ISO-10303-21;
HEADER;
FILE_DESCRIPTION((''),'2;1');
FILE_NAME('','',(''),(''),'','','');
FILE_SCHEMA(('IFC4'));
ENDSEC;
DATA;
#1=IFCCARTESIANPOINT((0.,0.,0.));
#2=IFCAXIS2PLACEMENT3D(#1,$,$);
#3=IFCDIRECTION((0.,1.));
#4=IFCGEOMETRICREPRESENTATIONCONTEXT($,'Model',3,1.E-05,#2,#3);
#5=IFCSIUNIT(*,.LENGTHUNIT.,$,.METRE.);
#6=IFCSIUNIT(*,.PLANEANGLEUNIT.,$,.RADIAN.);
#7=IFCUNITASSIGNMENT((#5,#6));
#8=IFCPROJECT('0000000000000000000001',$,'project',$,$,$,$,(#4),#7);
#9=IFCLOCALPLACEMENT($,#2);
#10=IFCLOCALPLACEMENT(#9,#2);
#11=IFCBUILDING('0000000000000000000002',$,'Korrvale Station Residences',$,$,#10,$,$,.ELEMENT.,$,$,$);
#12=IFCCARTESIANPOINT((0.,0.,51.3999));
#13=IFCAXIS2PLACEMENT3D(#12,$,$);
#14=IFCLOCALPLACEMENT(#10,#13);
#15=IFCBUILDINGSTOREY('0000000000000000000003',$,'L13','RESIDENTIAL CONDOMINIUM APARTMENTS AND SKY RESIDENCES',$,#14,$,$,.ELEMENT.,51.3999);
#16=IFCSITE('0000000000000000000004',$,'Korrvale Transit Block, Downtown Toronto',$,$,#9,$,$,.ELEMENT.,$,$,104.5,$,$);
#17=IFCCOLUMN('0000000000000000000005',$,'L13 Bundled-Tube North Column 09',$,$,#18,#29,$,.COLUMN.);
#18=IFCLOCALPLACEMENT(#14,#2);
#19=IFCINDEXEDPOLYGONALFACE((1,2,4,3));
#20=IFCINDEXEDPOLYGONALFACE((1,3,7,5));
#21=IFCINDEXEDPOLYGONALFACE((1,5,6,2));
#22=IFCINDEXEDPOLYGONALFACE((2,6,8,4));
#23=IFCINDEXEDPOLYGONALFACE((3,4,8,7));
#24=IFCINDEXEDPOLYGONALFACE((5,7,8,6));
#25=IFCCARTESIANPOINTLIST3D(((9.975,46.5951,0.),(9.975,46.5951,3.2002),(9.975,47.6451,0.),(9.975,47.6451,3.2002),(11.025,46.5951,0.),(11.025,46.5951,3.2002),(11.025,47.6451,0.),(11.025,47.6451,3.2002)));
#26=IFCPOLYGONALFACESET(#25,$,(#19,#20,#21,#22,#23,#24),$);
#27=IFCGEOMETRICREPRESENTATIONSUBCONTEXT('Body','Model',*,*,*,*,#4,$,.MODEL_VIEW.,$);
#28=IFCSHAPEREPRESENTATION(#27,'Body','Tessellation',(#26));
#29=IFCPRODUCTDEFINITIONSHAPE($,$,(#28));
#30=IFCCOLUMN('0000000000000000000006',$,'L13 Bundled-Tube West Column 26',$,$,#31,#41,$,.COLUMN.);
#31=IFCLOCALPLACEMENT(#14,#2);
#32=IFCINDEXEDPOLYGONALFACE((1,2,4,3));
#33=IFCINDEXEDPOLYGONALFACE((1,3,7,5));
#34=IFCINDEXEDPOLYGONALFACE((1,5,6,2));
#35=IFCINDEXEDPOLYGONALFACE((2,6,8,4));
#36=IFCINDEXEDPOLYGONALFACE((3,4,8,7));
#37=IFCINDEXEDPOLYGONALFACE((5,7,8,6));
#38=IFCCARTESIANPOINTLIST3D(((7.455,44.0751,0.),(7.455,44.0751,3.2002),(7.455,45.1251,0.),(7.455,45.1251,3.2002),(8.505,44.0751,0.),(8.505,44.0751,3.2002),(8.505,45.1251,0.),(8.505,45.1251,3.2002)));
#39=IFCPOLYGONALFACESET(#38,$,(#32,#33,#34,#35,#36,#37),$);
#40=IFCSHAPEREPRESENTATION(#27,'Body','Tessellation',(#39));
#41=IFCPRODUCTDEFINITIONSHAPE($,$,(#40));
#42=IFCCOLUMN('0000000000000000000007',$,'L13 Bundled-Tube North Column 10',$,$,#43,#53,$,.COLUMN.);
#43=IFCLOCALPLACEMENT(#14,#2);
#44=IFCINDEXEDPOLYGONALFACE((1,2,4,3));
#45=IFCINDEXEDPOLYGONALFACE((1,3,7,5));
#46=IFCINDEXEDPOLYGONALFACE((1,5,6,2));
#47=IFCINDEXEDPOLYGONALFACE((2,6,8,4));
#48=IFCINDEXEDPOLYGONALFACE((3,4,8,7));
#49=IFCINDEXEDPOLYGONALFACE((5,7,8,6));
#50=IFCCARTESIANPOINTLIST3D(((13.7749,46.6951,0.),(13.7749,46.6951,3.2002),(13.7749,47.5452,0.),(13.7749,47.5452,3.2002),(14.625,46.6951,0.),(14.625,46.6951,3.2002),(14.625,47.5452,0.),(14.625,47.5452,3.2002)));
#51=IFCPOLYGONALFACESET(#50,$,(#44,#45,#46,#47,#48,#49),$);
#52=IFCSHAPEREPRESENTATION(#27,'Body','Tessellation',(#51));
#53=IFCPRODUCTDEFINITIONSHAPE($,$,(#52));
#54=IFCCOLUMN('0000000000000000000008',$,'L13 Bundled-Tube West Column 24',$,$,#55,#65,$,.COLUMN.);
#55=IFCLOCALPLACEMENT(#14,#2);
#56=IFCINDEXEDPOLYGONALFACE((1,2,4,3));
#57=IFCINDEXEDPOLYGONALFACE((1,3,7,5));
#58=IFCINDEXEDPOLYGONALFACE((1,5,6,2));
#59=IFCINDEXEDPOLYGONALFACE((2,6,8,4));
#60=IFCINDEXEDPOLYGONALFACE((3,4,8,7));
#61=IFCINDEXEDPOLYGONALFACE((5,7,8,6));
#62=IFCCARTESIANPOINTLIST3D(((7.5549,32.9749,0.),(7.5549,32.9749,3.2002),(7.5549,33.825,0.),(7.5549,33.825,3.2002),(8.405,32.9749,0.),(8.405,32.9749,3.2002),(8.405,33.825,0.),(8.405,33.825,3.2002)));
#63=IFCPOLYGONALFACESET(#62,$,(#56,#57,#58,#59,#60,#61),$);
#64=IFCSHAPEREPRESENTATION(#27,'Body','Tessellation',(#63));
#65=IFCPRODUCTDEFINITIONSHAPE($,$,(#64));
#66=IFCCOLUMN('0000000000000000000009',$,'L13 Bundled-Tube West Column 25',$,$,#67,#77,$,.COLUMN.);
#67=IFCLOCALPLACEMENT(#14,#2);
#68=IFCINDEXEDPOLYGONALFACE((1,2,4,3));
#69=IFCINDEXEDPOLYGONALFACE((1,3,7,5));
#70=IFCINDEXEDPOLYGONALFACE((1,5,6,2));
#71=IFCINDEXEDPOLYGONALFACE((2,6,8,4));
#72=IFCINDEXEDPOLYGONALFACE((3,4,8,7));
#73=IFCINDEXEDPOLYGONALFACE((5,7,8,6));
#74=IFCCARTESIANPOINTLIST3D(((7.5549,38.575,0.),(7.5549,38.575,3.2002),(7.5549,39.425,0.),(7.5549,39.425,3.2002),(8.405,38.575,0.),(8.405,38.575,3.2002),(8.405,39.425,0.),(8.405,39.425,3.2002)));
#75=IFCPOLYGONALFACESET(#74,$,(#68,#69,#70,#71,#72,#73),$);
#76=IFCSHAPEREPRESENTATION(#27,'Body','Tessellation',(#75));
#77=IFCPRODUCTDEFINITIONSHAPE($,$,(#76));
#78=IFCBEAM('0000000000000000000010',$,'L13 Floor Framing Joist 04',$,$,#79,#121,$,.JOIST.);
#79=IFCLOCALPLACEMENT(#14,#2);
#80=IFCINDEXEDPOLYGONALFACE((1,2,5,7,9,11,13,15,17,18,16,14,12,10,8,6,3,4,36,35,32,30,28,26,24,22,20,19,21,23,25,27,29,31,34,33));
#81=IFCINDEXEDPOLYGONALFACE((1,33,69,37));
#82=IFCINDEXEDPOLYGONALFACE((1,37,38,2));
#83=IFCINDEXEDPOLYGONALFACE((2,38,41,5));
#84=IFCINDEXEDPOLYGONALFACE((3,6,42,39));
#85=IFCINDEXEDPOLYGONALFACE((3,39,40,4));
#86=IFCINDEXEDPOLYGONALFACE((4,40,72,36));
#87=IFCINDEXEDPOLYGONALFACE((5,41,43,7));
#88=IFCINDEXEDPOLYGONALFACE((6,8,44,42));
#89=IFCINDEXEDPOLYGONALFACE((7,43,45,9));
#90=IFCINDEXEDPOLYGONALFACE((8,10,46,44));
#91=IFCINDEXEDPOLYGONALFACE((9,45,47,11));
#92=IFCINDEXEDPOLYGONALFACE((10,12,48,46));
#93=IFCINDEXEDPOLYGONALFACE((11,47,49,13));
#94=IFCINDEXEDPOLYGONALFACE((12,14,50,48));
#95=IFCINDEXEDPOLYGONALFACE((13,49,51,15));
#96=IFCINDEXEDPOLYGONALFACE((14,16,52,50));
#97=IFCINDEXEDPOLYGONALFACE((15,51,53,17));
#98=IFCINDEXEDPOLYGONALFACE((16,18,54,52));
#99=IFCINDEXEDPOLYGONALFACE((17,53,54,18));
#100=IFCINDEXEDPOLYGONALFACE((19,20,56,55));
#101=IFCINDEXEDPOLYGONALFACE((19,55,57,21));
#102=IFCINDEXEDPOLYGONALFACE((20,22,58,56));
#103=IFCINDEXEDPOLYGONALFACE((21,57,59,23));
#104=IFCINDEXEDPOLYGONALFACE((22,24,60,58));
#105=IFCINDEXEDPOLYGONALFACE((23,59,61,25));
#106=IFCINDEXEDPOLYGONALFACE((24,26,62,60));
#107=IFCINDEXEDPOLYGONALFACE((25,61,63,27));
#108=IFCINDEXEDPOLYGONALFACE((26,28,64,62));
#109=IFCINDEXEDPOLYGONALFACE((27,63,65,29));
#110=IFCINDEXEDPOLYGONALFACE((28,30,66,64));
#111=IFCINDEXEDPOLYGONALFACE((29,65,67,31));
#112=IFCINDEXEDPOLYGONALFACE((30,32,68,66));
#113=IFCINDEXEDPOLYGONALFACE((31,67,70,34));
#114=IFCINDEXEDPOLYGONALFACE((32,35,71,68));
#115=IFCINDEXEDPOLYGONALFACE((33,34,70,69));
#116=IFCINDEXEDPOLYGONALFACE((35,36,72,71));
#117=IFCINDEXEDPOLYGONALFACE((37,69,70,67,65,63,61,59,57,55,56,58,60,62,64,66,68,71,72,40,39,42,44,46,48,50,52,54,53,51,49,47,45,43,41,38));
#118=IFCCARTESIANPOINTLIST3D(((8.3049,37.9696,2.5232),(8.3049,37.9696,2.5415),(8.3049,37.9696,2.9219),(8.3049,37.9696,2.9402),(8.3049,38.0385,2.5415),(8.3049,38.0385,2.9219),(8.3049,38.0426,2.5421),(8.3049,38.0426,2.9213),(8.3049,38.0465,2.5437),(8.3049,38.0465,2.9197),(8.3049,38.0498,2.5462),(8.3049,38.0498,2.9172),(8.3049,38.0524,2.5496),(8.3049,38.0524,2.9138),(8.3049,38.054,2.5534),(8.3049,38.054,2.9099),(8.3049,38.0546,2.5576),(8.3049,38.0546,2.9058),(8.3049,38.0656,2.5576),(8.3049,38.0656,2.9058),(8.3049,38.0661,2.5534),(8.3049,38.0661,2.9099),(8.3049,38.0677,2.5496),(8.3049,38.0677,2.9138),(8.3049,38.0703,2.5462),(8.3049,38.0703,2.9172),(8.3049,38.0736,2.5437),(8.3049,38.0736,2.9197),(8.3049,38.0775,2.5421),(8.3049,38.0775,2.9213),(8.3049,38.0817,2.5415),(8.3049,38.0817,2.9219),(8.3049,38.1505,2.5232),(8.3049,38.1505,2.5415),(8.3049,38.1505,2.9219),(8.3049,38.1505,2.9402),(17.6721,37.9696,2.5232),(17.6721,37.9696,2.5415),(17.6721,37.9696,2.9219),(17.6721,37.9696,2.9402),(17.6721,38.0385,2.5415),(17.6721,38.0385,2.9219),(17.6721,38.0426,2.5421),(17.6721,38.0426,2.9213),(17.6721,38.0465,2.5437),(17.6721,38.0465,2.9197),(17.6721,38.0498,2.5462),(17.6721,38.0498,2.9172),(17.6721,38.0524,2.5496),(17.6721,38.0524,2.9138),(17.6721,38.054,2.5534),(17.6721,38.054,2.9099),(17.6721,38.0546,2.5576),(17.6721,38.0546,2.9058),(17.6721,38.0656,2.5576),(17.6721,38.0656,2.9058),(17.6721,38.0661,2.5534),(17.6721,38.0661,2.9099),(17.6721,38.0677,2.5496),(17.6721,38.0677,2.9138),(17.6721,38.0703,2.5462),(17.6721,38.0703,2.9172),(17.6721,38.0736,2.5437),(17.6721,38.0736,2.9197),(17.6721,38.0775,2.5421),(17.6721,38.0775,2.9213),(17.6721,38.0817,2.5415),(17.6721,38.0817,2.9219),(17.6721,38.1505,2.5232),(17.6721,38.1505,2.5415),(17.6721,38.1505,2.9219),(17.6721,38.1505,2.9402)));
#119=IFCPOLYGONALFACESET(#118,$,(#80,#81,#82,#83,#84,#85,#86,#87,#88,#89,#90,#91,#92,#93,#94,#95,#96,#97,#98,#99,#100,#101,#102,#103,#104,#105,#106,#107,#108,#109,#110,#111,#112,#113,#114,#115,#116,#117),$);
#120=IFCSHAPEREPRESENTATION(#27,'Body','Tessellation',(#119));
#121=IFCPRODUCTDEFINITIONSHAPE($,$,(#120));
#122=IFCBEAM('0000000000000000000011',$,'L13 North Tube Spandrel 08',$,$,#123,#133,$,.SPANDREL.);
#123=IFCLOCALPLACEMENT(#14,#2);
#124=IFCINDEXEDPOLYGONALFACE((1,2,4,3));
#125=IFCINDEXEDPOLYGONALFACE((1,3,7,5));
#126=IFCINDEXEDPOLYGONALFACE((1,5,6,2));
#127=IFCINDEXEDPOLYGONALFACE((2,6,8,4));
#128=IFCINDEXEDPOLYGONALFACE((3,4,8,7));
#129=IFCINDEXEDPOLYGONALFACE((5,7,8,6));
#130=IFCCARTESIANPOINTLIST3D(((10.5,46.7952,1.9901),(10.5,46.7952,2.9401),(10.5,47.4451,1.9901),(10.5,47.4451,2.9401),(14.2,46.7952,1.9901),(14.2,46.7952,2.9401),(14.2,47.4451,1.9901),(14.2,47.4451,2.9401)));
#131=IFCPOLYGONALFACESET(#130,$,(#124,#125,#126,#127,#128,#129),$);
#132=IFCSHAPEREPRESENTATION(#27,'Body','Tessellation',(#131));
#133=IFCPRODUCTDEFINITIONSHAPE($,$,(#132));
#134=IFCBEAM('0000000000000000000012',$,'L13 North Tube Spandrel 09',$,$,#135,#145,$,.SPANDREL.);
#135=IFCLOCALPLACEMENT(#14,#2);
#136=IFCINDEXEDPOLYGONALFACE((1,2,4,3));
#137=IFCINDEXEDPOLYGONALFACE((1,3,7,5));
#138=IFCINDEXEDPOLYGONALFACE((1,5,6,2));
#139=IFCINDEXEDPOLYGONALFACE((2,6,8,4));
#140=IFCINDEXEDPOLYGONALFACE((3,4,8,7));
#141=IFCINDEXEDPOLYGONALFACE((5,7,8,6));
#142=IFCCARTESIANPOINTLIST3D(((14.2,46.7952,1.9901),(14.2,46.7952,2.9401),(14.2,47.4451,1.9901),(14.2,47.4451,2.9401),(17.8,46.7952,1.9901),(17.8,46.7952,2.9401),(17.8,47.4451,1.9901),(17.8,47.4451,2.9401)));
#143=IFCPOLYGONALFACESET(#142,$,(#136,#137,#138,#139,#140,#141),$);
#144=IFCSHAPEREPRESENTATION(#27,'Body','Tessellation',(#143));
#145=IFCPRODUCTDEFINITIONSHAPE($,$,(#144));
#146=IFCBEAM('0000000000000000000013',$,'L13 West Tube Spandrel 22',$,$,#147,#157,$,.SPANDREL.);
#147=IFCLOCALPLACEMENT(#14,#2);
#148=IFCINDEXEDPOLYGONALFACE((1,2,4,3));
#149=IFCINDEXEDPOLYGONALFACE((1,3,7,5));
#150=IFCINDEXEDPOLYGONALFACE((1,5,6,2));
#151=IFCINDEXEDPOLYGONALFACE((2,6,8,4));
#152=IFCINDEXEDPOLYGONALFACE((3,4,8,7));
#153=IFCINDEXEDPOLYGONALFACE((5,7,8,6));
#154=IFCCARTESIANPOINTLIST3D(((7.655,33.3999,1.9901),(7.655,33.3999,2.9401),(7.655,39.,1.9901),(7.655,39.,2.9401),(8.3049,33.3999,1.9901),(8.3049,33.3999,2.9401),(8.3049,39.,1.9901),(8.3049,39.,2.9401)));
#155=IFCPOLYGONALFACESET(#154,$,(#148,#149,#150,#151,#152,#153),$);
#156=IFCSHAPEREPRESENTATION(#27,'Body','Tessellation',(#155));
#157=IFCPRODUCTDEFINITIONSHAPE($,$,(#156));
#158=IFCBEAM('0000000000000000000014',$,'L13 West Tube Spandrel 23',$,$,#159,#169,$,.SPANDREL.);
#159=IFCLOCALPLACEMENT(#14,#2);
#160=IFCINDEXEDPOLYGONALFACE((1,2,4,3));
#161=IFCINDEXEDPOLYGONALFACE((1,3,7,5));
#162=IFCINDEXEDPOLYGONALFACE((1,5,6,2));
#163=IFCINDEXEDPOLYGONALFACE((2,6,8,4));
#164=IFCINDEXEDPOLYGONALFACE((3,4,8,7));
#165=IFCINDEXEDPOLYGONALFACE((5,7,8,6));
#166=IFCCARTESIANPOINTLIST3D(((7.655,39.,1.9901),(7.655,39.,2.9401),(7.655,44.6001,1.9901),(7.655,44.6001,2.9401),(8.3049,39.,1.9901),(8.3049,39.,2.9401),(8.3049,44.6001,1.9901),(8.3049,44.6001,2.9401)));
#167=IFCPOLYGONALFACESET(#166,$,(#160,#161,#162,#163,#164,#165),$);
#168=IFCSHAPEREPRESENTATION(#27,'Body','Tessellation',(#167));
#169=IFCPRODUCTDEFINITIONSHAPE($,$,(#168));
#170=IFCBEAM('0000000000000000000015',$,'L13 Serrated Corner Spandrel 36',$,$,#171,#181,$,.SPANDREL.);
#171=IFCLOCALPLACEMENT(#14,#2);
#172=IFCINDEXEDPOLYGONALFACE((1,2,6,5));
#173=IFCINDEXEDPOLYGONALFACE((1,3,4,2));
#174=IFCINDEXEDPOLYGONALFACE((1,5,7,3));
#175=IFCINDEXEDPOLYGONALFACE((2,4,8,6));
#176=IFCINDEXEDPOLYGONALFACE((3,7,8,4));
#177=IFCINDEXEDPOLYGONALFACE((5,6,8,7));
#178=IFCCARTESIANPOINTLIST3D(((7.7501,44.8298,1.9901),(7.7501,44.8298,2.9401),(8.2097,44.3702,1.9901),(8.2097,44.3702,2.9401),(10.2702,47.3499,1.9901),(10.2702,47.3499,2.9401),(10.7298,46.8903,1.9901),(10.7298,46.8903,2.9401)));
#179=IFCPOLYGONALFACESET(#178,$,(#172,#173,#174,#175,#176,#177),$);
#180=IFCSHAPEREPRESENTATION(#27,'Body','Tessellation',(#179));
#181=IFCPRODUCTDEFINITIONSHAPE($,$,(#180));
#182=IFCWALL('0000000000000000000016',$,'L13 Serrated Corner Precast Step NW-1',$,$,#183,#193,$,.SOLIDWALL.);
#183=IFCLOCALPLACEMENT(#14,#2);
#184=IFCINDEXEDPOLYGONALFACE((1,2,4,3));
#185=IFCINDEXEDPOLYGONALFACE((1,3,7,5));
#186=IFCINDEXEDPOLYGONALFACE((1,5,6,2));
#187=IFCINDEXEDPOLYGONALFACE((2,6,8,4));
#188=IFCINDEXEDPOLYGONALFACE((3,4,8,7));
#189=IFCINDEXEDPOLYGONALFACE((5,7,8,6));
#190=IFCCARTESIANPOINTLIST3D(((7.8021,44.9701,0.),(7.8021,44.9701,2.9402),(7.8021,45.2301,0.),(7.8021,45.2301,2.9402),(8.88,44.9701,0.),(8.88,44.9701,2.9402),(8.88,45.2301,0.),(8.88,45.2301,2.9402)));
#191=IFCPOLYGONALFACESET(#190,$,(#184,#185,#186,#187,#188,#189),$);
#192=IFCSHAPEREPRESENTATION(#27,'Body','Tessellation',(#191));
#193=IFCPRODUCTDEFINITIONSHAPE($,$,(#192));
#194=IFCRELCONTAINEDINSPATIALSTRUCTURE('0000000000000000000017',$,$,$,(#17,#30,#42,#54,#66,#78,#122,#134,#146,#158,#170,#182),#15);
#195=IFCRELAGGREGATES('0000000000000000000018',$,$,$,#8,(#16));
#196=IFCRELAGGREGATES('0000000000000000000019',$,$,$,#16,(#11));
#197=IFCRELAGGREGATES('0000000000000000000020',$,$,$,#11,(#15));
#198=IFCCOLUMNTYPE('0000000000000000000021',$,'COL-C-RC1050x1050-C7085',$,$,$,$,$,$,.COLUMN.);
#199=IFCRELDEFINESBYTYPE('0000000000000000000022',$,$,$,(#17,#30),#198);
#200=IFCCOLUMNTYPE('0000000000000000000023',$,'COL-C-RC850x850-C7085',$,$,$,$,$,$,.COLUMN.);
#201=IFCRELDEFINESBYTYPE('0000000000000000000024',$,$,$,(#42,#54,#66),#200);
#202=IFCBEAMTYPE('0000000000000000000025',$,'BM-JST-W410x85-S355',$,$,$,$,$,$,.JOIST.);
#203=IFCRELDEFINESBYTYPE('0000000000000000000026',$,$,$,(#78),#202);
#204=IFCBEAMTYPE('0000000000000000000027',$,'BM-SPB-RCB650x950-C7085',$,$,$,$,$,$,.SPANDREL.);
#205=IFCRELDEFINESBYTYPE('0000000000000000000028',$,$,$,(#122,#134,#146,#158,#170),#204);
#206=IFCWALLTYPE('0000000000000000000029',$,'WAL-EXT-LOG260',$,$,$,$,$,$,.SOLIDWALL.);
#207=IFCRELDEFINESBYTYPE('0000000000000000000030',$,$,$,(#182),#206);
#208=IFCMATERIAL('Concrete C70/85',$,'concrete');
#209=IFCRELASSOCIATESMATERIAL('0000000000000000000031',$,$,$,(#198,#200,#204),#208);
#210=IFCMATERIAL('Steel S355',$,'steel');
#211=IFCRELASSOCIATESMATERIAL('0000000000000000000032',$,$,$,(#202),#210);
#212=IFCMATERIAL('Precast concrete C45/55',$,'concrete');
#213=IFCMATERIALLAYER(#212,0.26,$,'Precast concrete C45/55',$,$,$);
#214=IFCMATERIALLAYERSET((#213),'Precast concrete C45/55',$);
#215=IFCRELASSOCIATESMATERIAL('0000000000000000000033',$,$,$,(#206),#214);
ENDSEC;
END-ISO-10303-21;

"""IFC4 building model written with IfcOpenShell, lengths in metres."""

from ifc_helpers import new_model, si_unit, direction, frame, frame_2d, origin, origin_2d, place, context, subcontext, project, spatial, rectangle, i_section, extrude, material, layer, layer_set, material_profile, profile_set, type_object, element, save


model = new_model("IFC4")

# Units and contexts
model_context = context("Model", 3, precision=1e-05, world=origin(), true_north=direction((0.0, 1.0)))
body_context = subcontext(model_context, "Body", "Model", "MODEL_VIEW")
ifc_project = project(units=[si_unit("LENGTHUNIT", "METRE"), si_unit("PLANEANGLEUNIT", "RADIAN")], contexts=[model_context])

# Site, building, storey
site_placement = place(None, origin())
site = spatial("IfcSite", under=ifc_project, at=site_placement, Name="Korrvale Transit Block, Downtown Toronto", CompositionType="ELEMENT", RefElevation=104.5)
building_placement = place(site_placement, origin())
building = spatial("IfcBuilding", under=site, at=building_placement, Name="Korrvale Station Residences", CompositionType="ELEMENT")
storey_placement = place(building_placement, frame((0.0, 0.0, 51.3999)))
storey = spatial("IfcBuildingStorey", under=building, at=storey_placement, Name="L13", Description="RESIDENTIAL CONDOMINIUM APARTMENTS AND SKY RESIDENCES", CompositionType="ELEMENT", Elevation=51.3999)

# Columns
ifc_material_1 = material(Name="Concrete C70/85", Category="concrete")
ifc_material_profile_1 = material_profile(ifc_material_1, rectangle(XDim=1.05, YDim=1.05, at=origin_2d()), Name="RC1050x1050")
ifc_profile_set_1 = profile_set([ifc_material_profile_1], Name="Concrete C70/85")
column_type_1 = type_object("IfcColumnType", Name="COL-C-RC1050x1050-C7085", PredefinedType="COLUMN", material=ifc_profile_set_1)
for number, where, z_axis, x_axis, name in (
    (1, (10.5, 47.1201, 0.0), (0.0, 0.0, 1.0), (1.0, 0.0, 0.0), "L13 Bundled-Tube North Column 09"),
    (2, (7.98, 44.6001, 0.0), (0.0, 0.0, 1.0), (1.0, 0.0, 0.0), "L13 Bundled-Tube West Column 26"),
):
    element("IfcColumn", number, at=place(storey_placement, frame(where, z_axis=z_axis, x_axis=x_axis)), inside=storey, type_object=column_type_1, Name=name, PredefinedType="COLUMN", context=body_context, shape_type="SweptSolid", body=[
        extrude(rectangle(XDim=1.05, YDim=1.05, at=origin_2d()), origin(), (0.0, 0.0, 1.0), 3.2002),
    ])
ifc_material_profile_2 = material_profile(ifc_material_1, rectangle(XDim=0.8501, YDim=0.8501, at=origin_2d()), Name="RC850x850")
ifc_profile_set_2 = profile_set([ifc_material_profile_2], Name="Concrete C70/85")
column_type_2 = type_object("IfcColumnType", Name="COL-C-RC850x850-C7085", PredefinedType="COLUMN", material=ifc_profile_set_2)
for number, where, z_axis, x_axis, name in (
    (3, (14.2, 47.1201, 0.0), (0.0, 0.0, 1.0), (1.0, 0.0, 0.0), "L13 Bundled-Tube North Column 10"),
    (4, (7.98, 33.3999, 0.0), (0.0, 0.0, 1.0), (1.0, 0.0, 0.0), "L13 Bundled-Tube West Column 24"),
    (5, (7.98, 39.0, 0.0), (0.0, 0.0, 1.0), (1.0, 0.0, 0.0), "L13 Bundled-Tube West Column 25"),
):
    element("IfcColumn", number, at=place(storey_placement, frame(where, z_axis=z_axis, x_axis=x_axis)), inside=storey, type_object=column_type_2, Name=name, PredefinedType="COLUMN", context=body_context, shape_type="SweptSolid", body=[
        extrude(rectangle(XDim=0.8501, YDim=0.8501, at=origin_2d()), origin(), (0.0, 0.0, 1.0), 3.2002),
    ])

# Beams
ifc_material_2 = material(Name="Steel S355", Category="steel")
ifc_material_profile_3 = material_profile(ifc_material_2, i_section(OverallWidth=0.1809, OverallDepth=0.417, WebThickness=0.011, FlangeThickness=0.0183, FilletRadius=0.0161, at=origin_2d()), Name="W410x85")
ifc_profile_set_3 = profile_set([ifc_material_profile_3], Name="Steel S355")
beam_type_1 = type_object("IfcBeamType", Name="BM-JST-W410x85-S355", PredefinedType="JOIST", material=ifc_profile_set_3)
beam_1_placement = place(storey_placement, frame((8.3049, 38.0601, 2.7317), z_axis=(1.0, 0.0, 0.0), x_axis=(0.0, 1.0, 0.0)))
element("IfcBeam", 6, at=beam_1_placement, inside=storey, type_object=beam_type_1, Name="L13 Floor Framing Joist 04", PredefinedType="JOIST", context=body_context, shape_type="SweptSolid", body=[
    extrude(i_section(OverallWidth=0.1809, OverallDepth=0.417, WebThickness=0.011, FlangeThickness=0.0183, FilletRadius=0.0161, at=origin_2d()), origin(), (0.0, 0.0, 1.0), 9.3672),
])
ifc_material_profile_4 = material_profile(ifc_material_1, rectangle(XDim=0.6499, YDim=0.95, at=origin_2d()), Name="RCB650x950")
ifc_profile_set_4 = profile_set([ifc_material_profile_4], Name="Concrete C70/85")
beam_type_2 = type_object("IfcBeamType", Name="BM-SPB-RCB650x950-C7085", PredefinedType="SPANDREL", material=ifc_profile_set_4)
beam_2_placement = place(storey_placement, frame((10.5, 47.1201, 2.4651), z_axis=(1.0, 0.0, 0.0), x_axis=(0.0, 1.0, 0.0)))
element("IfcBeam", 7, at=beam_2_placement, inside=storey, type_object=beam_type_2, Name="L13 North Tube Spandrel 08", PredefinedType="SPANDREL", context=body_context, shape_type="SweptSolid", body=[
    extrude(rectangle(XDim=0.6499, YDim=0.95, at=origin_2d()), origin(), (0.0, 0.0, 1.0), 3.7),
])
beam_3_placement = place(storey_placement, frame((14.2, 47.1201, 2.4651), z_axis=(1.0, 0.0, 0.0), x_axis=(0.0, 1.0, 0.0)))
element("IfcBeam", 8, at=beam_3_placement, inside=storey, type_object=beam_type_2, Name="L13 North Tube Spandrel 09", PredefinedType="SPANDREL", context=body_context, shape_type="SweptSolid", body=[
    extrude(rectangle(XDim=0.6499, YDim=0.95, at=origin_2d()), origin(), (0.0, 0.0, 1.0), 3.6001),
])
for number, where, z_axis, x_axis, name in (
    (9, (7.98, 33.3999, 2.4651), (0.0, 1.0, 0.0), (-1.0, 0.0, 0.0), "L13 West Tube Spandrel 22"),
    (10, (7.98, 39.0, 2.4651), (0.0, 1.0, 0.0), (-1.0, 0.0, 0.0), "L13 West Tube Spandrel 23"),
):
    element("IfcBeam", number, at=place(storey_placement, frame(where, z_axis=z_axis, x_axis=x_axis)), inside=storey, type_object=beam_type_2, Name=name, PredefinedType="SPANDREL", context=body_context, shape_type="SweptSolid", body=[
        extrude(rectangle(XDim=0.6499, YDim=0.95, at=origin_2d()), origin(), (0.0, 0.0, 1.0), 5.6001),
    ])
beam_4_placement = place(storey_placement, frame((10.5, 47.1201, 2.4651), z_axis=(-0.707107, -0.707107, 0.0), x_axis=(0.707107, -0.707107, 0.0)))
element("IfcBeam", 11, at=beam_4_placement, inside=storey, type_object=beam_type_2, Name="L13 Serrated Corner Spandrel 36", PredefinedType="SPANDREL", context=body_context, shape_type="SweptSolid", body=[
    extrude(rectangle(XDim=0.6499, YDim=0.95, at=origin_2d()), origin(), (0.0, 0.0, 1.0), 3.564),
])

# Wall
ifc_material_3 = material(Name="Precast concrete C45/55", Category="concrete")
ifc_layer_1 = layer(ifc_material_3, 0.26, Name="Precast concrete C45/55")
ifc_layer_set_1 = layer_set([ifc_layer_1], Name="Precast concrete C45/55")
wall_type_1 = type_object("IfcWallType", Name="WAL-EXT-LOG260", PredefinedType="SOLIDWALL", material=ifc_layer_set_1)
wall_1_placement = place(storey_placement, frame((7.802, 45.1001, 0.0), z_axis=(0.0, 0.0, 1.0), x_axis=(1.0, 0.0, 0.0)))
element("IfcWall", 12, at=wall_1_placement, inside=storey, type_object=wall_type_1, Name="L13 Serrated Corner Precast Step NW-1", PredefinedType="SOLIDWALL", context=body_context, shape_type="SweptSolid", body=[
    extrude(rectangle(XDim=1.0779, YDim=0.26, at=frame_2d((0.5391, 0.0))), origin(), (0.0, 0.0, 1.0), 2.9402),
])

save(model, "model.ifc")
